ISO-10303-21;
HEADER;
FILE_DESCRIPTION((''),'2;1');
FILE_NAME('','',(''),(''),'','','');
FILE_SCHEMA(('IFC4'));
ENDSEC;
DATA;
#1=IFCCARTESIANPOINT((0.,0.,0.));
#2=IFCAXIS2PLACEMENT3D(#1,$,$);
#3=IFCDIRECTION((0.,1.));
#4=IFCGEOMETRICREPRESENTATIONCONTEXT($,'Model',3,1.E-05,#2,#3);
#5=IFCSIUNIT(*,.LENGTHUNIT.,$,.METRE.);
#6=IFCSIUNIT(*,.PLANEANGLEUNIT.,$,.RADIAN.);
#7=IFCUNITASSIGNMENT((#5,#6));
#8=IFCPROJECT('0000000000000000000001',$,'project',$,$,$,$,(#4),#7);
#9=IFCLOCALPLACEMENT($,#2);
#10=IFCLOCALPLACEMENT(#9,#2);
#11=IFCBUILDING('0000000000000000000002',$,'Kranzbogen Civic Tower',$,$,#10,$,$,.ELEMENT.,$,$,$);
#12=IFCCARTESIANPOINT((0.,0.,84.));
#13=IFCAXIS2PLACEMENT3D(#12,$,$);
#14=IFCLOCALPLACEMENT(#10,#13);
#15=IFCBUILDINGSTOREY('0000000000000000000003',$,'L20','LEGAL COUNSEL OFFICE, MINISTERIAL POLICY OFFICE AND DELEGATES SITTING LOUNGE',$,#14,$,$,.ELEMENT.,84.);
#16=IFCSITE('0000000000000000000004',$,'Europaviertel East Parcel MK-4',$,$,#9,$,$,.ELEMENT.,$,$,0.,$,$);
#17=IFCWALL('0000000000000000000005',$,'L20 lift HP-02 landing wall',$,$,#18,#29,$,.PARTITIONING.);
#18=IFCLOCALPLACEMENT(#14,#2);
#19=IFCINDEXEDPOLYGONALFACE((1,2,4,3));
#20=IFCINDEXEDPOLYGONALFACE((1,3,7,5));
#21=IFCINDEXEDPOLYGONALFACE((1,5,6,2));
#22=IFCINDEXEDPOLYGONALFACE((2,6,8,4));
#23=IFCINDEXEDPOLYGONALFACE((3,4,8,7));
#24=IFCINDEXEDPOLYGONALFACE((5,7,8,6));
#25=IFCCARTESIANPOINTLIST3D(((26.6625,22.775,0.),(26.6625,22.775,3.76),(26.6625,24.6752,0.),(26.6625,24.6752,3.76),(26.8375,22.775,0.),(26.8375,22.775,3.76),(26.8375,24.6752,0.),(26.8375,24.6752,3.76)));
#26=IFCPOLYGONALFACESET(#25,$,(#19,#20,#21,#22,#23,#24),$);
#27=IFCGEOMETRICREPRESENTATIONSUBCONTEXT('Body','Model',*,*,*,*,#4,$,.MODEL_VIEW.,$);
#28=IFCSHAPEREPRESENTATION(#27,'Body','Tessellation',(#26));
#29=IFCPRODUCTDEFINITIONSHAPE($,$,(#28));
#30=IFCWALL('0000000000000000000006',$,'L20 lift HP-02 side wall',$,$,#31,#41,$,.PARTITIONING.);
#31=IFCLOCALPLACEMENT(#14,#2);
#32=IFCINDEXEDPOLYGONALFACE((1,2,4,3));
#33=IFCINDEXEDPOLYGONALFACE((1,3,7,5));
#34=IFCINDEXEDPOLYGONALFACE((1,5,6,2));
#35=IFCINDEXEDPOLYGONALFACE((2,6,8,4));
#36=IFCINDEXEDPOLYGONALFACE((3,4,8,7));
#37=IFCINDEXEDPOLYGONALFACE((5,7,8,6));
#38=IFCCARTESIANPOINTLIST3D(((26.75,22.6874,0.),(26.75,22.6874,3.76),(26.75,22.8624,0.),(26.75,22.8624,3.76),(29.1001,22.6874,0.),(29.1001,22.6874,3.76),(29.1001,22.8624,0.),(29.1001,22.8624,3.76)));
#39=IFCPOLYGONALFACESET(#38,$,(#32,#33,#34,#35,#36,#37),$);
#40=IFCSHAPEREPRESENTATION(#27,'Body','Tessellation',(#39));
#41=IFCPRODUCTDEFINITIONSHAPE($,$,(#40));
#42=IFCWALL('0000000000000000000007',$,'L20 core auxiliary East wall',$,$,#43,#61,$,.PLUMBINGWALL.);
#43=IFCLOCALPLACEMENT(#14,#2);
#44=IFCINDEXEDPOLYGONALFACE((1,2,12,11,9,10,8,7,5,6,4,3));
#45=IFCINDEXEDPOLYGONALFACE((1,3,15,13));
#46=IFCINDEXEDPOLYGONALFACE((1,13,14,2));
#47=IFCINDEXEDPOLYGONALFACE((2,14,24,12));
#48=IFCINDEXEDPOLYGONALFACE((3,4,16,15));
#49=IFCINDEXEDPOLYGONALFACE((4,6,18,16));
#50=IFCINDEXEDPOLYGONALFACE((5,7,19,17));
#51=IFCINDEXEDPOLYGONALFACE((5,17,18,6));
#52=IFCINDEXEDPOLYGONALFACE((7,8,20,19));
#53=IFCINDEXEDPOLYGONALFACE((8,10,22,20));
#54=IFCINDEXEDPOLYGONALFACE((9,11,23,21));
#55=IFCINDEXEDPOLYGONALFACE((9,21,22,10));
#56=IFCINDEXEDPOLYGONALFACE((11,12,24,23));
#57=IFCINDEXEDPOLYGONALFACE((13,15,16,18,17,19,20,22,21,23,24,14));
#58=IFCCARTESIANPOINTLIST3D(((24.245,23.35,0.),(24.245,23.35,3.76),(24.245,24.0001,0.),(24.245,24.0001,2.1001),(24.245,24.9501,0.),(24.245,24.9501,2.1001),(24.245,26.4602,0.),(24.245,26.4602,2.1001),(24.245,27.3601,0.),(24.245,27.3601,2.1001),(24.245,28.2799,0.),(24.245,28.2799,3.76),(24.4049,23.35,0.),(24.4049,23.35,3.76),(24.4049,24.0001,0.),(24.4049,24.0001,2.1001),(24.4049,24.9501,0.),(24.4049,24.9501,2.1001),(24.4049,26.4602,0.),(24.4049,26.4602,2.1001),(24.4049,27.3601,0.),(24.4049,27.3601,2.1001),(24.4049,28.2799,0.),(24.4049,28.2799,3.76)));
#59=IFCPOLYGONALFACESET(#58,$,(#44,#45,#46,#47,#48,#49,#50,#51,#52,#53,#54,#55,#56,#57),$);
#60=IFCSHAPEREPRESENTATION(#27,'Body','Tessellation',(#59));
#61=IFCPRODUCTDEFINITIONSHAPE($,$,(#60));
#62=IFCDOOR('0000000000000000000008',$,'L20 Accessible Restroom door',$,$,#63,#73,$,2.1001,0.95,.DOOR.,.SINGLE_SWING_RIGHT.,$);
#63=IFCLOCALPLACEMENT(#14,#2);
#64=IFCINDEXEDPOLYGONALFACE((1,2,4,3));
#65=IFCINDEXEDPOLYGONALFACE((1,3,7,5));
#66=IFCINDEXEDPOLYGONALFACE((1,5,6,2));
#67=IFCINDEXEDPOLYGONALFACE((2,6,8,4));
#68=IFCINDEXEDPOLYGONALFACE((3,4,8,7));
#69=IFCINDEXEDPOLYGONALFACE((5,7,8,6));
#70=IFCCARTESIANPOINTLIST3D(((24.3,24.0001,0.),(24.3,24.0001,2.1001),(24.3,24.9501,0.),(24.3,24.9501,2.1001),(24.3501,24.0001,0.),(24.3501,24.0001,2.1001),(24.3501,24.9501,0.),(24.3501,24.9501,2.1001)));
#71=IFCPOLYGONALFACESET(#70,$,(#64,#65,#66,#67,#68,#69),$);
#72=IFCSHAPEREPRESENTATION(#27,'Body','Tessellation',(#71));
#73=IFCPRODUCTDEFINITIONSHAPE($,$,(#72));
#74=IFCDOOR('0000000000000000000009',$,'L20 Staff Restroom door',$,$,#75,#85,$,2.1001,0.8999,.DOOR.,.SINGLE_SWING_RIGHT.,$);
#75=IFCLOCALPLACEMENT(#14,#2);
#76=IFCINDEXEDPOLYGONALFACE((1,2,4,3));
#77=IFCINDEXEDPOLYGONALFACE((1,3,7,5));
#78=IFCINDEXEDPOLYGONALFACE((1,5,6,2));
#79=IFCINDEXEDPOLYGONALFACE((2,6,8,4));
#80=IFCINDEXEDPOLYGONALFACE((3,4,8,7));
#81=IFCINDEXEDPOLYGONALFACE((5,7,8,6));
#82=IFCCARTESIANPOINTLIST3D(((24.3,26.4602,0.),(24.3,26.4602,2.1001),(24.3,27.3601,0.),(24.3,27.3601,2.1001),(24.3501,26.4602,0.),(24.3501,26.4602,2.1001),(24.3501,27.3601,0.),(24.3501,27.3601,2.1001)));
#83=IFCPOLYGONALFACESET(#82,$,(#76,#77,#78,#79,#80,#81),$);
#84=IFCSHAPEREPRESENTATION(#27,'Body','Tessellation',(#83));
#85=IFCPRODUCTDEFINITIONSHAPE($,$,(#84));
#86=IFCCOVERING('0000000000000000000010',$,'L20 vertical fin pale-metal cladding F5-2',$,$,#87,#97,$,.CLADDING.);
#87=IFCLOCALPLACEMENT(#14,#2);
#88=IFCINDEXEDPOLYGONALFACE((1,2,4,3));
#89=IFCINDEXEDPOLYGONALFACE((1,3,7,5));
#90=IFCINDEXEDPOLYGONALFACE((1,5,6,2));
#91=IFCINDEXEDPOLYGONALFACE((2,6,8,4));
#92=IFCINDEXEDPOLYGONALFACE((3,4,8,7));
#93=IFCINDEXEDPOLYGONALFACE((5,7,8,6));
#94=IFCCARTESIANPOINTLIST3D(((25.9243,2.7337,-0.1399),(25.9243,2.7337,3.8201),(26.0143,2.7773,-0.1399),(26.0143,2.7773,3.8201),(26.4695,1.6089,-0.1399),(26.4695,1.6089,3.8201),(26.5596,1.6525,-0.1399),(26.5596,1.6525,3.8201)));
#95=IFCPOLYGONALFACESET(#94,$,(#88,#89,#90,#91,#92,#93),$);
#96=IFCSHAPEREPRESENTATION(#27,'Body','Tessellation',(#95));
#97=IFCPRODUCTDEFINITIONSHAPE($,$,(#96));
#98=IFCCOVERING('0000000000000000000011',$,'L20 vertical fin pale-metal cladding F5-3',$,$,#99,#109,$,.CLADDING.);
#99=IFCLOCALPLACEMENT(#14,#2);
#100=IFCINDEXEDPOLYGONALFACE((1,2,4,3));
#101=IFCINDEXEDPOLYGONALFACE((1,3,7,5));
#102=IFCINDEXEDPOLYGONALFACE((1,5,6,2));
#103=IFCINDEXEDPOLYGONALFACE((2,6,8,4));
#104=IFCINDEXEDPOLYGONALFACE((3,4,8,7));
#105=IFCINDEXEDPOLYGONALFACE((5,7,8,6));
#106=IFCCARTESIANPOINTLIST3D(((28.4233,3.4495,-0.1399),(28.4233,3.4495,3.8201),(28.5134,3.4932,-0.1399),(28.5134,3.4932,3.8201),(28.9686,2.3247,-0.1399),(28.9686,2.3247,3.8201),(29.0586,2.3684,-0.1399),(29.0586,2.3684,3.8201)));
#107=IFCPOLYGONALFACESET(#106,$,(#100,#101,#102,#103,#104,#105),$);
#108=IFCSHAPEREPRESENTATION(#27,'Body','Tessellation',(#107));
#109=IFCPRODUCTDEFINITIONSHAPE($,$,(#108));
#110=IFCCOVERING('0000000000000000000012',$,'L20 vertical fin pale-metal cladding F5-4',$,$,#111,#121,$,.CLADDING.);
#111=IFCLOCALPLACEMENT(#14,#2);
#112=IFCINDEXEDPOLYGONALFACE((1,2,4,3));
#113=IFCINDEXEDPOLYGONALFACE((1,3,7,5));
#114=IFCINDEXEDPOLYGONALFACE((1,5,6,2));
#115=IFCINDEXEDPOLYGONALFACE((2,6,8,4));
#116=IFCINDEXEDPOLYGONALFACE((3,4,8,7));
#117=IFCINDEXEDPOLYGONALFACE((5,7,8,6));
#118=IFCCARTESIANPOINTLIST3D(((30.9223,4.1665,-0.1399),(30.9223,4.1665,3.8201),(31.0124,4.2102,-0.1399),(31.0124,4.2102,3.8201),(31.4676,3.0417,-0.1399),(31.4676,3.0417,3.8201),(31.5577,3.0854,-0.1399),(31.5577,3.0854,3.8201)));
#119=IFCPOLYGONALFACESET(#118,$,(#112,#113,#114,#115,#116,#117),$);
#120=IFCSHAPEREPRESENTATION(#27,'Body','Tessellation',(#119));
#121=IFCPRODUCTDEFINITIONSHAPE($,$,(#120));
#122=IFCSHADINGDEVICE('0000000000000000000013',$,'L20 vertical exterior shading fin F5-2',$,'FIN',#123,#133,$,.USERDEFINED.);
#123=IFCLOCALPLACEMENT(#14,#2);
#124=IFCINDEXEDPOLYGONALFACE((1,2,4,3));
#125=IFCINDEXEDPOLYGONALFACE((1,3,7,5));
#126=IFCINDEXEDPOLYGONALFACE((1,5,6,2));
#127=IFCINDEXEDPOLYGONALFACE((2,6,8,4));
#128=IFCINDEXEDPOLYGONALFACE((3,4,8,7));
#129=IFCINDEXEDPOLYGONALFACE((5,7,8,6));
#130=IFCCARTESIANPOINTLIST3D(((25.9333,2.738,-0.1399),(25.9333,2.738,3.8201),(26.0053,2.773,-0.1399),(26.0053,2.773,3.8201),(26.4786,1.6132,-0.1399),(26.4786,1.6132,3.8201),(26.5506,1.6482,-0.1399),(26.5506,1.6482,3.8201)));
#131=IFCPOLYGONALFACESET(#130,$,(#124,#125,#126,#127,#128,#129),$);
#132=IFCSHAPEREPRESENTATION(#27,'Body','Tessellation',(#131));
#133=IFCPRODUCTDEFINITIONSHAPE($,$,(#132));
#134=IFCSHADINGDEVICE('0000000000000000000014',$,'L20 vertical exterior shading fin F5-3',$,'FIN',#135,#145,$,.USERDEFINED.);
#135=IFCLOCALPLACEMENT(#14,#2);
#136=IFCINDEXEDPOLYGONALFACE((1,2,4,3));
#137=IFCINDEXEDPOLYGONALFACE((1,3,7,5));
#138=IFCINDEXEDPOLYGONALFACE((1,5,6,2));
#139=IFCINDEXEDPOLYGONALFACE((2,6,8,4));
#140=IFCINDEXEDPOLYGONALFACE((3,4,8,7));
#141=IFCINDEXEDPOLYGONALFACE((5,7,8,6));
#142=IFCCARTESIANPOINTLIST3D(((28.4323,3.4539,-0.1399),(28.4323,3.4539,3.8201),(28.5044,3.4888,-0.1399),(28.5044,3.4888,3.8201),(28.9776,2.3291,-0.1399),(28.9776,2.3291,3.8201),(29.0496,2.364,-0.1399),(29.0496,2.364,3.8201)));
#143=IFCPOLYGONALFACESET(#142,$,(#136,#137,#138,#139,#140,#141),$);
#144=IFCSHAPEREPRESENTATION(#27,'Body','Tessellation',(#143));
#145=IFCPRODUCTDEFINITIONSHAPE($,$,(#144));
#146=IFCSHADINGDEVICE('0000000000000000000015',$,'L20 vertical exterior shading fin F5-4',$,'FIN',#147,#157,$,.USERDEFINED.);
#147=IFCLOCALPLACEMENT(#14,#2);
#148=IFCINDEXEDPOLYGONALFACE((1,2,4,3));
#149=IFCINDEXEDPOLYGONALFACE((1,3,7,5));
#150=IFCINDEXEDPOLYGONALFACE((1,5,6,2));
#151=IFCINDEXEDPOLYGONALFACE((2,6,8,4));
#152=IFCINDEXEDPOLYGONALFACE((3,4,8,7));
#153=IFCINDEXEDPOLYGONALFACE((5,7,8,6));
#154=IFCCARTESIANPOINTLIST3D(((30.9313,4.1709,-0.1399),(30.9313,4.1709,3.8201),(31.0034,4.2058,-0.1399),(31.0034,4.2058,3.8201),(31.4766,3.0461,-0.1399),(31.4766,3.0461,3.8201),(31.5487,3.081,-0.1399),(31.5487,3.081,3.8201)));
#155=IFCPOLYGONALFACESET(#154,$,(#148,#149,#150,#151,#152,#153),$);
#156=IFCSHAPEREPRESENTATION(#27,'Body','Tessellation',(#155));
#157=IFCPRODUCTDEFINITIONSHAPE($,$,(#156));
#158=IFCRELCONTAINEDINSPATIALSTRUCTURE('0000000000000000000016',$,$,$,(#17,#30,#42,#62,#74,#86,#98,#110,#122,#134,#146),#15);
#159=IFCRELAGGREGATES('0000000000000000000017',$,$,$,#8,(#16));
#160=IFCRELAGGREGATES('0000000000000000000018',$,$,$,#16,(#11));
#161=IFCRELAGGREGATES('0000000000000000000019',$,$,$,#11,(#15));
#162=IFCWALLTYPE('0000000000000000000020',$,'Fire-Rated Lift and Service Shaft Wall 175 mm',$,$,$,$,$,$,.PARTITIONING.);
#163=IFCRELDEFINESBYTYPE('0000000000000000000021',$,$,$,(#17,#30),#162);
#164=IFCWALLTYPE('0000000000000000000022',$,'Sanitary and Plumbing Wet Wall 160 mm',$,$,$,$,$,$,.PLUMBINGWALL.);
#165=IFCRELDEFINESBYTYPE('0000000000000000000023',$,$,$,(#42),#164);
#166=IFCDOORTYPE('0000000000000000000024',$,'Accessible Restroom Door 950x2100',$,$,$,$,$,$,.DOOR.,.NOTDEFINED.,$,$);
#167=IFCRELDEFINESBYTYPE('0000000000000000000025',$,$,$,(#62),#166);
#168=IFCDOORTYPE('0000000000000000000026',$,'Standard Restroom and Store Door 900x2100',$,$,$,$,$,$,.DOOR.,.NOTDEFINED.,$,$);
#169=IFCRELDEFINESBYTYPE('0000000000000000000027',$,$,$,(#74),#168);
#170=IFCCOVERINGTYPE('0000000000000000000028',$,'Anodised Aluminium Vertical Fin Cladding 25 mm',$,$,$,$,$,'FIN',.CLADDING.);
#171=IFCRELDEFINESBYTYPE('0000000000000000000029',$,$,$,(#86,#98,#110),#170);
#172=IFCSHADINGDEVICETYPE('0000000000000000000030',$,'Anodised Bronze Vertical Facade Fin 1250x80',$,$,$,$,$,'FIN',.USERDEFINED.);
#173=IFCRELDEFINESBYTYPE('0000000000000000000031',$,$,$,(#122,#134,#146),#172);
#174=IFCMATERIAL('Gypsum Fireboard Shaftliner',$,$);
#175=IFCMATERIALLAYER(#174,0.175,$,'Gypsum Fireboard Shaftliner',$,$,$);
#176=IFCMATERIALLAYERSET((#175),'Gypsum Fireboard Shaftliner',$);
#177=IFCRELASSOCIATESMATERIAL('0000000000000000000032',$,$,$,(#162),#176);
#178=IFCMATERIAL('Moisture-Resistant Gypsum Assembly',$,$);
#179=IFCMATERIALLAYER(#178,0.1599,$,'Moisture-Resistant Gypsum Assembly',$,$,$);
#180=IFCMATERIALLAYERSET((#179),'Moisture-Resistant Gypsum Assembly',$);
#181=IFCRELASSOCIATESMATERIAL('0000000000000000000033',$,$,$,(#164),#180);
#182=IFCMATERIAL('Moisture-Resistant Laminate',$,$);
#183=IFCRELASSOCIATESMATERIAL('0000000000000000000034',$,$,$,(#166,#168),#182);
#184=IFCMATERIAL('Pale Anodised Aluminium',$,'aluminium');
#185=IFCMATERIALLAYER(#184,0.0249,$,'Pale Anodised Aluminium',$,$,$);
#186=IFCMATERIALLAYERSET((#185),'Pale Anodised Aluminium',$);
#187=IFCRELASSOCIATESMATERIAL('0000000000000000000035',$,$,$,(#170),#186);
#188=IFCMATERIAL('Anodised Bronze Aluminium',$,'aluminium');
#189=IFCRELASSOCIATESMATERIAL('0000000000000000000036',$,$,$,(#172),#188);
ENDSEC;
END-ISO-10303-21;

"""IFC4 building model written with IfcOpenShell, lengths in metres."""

from ifc_helpers import new_model, si_unit, direction, frame, frame_2d, origin, origin_2d, place, context, subcontext, project, spatial, rectangle, extrude, material, layer, layer_set, type_object, element, fill, save


model = new_model("IFC4")

# Units and contexts
model_context = context("Model", 3, precision=1e-05, world=origin(), true_north=direction((0.0, 1.0)))
body_context = subcontext(model_context, "Body", "Model", "MODEL_VIEW")
ifc_project = project(units=[si_unit("LENGTHUNIT", "METRE"), si_unit("PLANEANGLEUNIT", "RADIAN")], contexts=[model_context])

# Site, building, storey
site_placement = place(None, origin())
site = spatial("IfcSite", under=ifc_project, at=site_placement, Name="Europaviertel East Parcel MK-4", CompositionType="ELEMENT", RefElevation=0.0)
building_placement = place(site_placement, origin())
building = spatial("IfcBuilding", under=site, at=building_placement, Name="Kranzbogen Civic Tower", CompositionType="ELEMENT")
storey_placement = place(building_placement, frame((0.0, 0.0, 84.0)))
storey = spatial("IfcBuildingStorey", under=building, at=storey_placement, Name="L20", Description="LEGAL COUNSEL OFFICE, MINISTERIAL POLICY OFFICE AND DELEGATES SITTING LOUNGE", CompositionType="ELEMENT", Elevation=84.0)

# Shared definitions
ifc_material_1 = material(Name="Pale Anodised Aluminium", Category="aluminium")

# Walls
ifc_material_2 = material(Name="Gypsum Fireboard Shaftliner")
ifc_layer_1 = layer(ifc_material_2, 0.175, Name="Gypsum Fireboard Shaftliner")
ifc_layer_set_1 = layer_set([ifc_layer_1], Name="Gypsum Fireboard Shaftliner")
wall_type_1 = type_object("IfcWallType", Name="Fire-Rated Lift and Service Shaft Wall 175 mm", PredefinedType="PARTITIONING", material=ifc_layer_set_1)
wall_1_placement = place(storey_placement, frame((26.75, 22.7749, 0.0), z_axis=(0.0, 0.0, 1.0), x_axis=(0.0, 1.0, 0.0)))
element("IfcWall", 1, at=wall_1_placement, inside=storey, type_object=wall_type_1, Name="L20 lift HP-02 landing wall", PredefinedType="PARTITIONING", context=body_context, shape_type="SweptSolid", body=[
    extrude(rectangle(XDim=1.9001, YDim=0.175, at=frame_2d((0.9502, 0.0))), origin(), (0.0, 0.0, 1.0), 3.76),
])
wall_2_placement = place(storey_placement, frame((26.75, 22.7749, 0.0), z_axis=(0.0, 0.0, 1.0), x_axis=(1.0, 0.0, 0.0)))
element("IfcWall", 2, at=wall_2_placement, inside=storey, type_object=wall_type_1, Name="L20 lift HP-02 side wall", PredefinedType="PARTITIONING", context=body_context, shape_type="SweptSolid", body=[
    extrude(rectangle(XDim=2.3501, YDim=0.175, at=frame_2d((1.175, 0.0))), origin(), (0.0, 0.0, 1.0), 3.76),
])

# Wall, openings, doors
ifc_material_3 = material(Name="Moisture-Resistant Gypsum Assembly")
ifc_layer_2 = layer(ifc_material_3, 0.1599, Name="Moisture-Resistant Gypsum Assembly")
ifc_layer_set_2 = layer_set([ifc_layer_2], Name="Moisture-Resistant Gypsum Assembly")
wall_type_2 = type_object("IfcWallType", Name="Sanitary and Plumbing Wet Wall 160 mm", PredefinedType="PLUMBINGWALL", material=ifc_layer_set_2)
wall_3_placement = place(storey_placement, frame((24.325, 23.3501, 0.0), z_axis=(0.0, 0.0, 1.0), x_axis=(0.0, 1.0, 0.0)))
wall_3 = element("IfcWall", 3, at=wall_3_placement, inside=storey, type_object=wall_type_2, Name="L20 core auxiliary East wall", PredefinedType="PLUMBINGWALL", context=body_context, shape_type="SweptSolid", body=[
    extrude(rectangle(XDim=4.9299, YDim=0.1599, at=frame_2d((2.4648, 0.0))), origin(), (0.0, 0.0, 1.0), 3.76),
])
opening_1_placement = place(wall_3_placement, frame((0.6499, 0.0, 0.0)))
opening_1 = element("IfcOpeningElement", 4, at=opening_1_placement, cuts=wall_3, PredefinedType="OPENING", context=body_context, shape_type="SweptSolid", body=[
    extrude(rectangle(XDim=0.95, YDim=2.1001, at=frame_2d((0.4751, 1.05))), frame((0.0, 0.0898, 0.0), z_axis=(0.0, -1.0, 0.0), x_axis=(1.0, 0.0, 0.0)), (0.0, 0.0, 1.0), 0.1799),
])
opening_2_placement = place(wall_3_placement, frame((3.1101, 0.0, 0.0)))
opening_2 = element("IfcOpeningElement", 5, at=opening_2_placement, cuts=wall_3, PredefinedType="OPENING", context=body_context, shape_type="SweptSolid", body=[
    extrude(rectangle(XDim=0.8999, YDim=2.1001, at=frame_2d((0.45, 1.05))), frame((0.0, 0.0898, 0.0), z_axis=(0.0, -1.0, 0.0), x_axis=(1.0, 0.0, 0.0)), (0.0, 0.0, 1.0), 0.1799),
])
ifc_material_4 = material(Name="Moisture-Resistant Laminate")
door_type_1 = type_object("IfcDoorType", Name="Accessible Restroom Door 950x2100", OperationType="NOTDEFINED", PredefinedType="DOOR", material=ifc_material_4)
door_1_placement = place(opening_1_placement, origin())
door_1 = element("IfcDoor", 6, at=door_1_placement, inside=storey, type_object=door_type_1, Name="L20 Accessible Restroom door", OperationType="SINGLE_SWING_RIGHT", OverallHeight=2.1001, OverallWidth=0.95, PredefinedType="DOOR", context=body_context, shape_type="SweptSolid", body=[
    extrude(rectangle(XDim=0.95, YDim=2.1001, at=frame_2d((0.4751, 1.05))), frame((0.0, 0.0249, 0.0), z_axis=(0.0, -1.0, 0.0), x_axis=(1.0, 0.0, 0.0)), (0.0, 0.0, 1.0), 0.05),
])
fill(opening_1, door_1)
door_type_2 = type_object("IfcDoorType", Name="Standard Restroom and Store Door 900x2100", OperationType="NOTDEFINED", PredefinedType="DOOR", material=ifc_material_4)
door_2_placement = place(opening_2_placement, origin())
door_2 = element("IfcDoor", 7, at=door_2_placement, inside=storey, type_object=door_type_2, Name="L20 Staff Restroom door", OperationType="SINGLE_SWING_RIGHT", OverallHeight=2.1001, OverallWidth=0.8999, PredefinedType="DOOR", context=body_context, shape_type="SweptSolid", body=[
    extrude(rectangle(XDim=0.8999, YDim=2.1001, at=frame_2d((0.45, 1.05))), frame((0.0, 0.0249, 0.0), z_axis=(0.0, -1.0, 0.0), x_axis=(1.0, 0.0, 0.0)), (0.0, 0.0, 1.0), 0.05),
])
fill(opening_2, door_2)

# Coverings
ifc_layer_3 = layer(ifc_material_1, 0.0249, Name="Pale Anodised Aluminium")
ifc_layer_set_3 = layer_set([ifc_layer_3], Name="Pale Anodised Aluminium")
covering_type = type_object("IfcCoveringType", Name="Anodised Aluminium Vertical Fin Cladding 25 mm", ElementType="FIN", PredefinedType="CLADDING", material=ifc_layer_set_3)
for number, where, z_axis, x_axis, name in (
    (8, (26.2419, 2.1931, -0.1399), (0.0, 0.0, 1.0), (0.436221, -0.89984, 0.0), "L20 vertical fin pale-metal cladding F5-2"),
    (9, (28.741, 2.9089, -0.1399), (0.0, 0.0, 1.0), (0.436221, -0.89984, 0.0), "L20 vertical fin pale-metal cladding F5-3"),
    (10, (31.24, 3.626, -0.1399), (0.0, 0.0, 1.0), (0.436221, -0.89984, 0.0), "L20 vertical fin pale-metal cladding F5-4"),
):
    element("IfcCovering", number, at=place(storey_placement, frame(where, z_axis=z_axis, x_axis=x_axis)), inside=storey, type_object=covering_type, Name=name, PredefinedType="CLADDING", context=body_context, shape_type="SweptSolid", body=[
        extrude(rectangle(XDim=1.25, YDim=0.1001, at=origin_2d()), origin(), (0.0, 0.0, 1.0), 3.96),
    ])

# Shading devices
ifc_material_5 = material(Name="Anodised Bronze Aluminium", Category="aluminium")
shading_device_type = type_object("IfcShadingDeviceType", Name="Anodised Bronze Vertical Facade Fin 1250x80", ElementType="FIN", PredefinedType="USERDEFINED", material=ifc_material_5)
for number, where, z_axis, x_axis, name in (
    (11, (26.2419, 2.1931, -0.1399), (0.0, 0.0, 1.0), (0.436221, -0.89984, 0.0), "L20 vertical exterior shading fin F5-2"),
    (12, (28.741, 2.9089, -0.1399), (0.0, 0.0, 1.0), (0.436221, -0.89984, 0.0), "L20 vertical exterior shading fin F5-3"),
    (13, (31.24, 3.626, -0.1399), (0.0, 0.0, 1.0), (0.436221, -0.89984, 0.0), "L20 vertical exterior shading fin F5-4"),
):
    element("IfcShadingDevice", number, at=place(storey_placement, frame(where, z_axis=z_axis, x_axis=x_axis)), inside=storey, type_object=shading_device_type, Name=name, ObjectType="FIN", PredefinedType="USERDEFINED", context=body_context, shape_type="SweptSolid", body=[
        extrude(rectangle(XDim=1.25, YDim=0.0801, at=origin_2d()), origin(), (0.0, 0.0, 1.0), 3.96),
    ])

save(model, "model.ifc")
